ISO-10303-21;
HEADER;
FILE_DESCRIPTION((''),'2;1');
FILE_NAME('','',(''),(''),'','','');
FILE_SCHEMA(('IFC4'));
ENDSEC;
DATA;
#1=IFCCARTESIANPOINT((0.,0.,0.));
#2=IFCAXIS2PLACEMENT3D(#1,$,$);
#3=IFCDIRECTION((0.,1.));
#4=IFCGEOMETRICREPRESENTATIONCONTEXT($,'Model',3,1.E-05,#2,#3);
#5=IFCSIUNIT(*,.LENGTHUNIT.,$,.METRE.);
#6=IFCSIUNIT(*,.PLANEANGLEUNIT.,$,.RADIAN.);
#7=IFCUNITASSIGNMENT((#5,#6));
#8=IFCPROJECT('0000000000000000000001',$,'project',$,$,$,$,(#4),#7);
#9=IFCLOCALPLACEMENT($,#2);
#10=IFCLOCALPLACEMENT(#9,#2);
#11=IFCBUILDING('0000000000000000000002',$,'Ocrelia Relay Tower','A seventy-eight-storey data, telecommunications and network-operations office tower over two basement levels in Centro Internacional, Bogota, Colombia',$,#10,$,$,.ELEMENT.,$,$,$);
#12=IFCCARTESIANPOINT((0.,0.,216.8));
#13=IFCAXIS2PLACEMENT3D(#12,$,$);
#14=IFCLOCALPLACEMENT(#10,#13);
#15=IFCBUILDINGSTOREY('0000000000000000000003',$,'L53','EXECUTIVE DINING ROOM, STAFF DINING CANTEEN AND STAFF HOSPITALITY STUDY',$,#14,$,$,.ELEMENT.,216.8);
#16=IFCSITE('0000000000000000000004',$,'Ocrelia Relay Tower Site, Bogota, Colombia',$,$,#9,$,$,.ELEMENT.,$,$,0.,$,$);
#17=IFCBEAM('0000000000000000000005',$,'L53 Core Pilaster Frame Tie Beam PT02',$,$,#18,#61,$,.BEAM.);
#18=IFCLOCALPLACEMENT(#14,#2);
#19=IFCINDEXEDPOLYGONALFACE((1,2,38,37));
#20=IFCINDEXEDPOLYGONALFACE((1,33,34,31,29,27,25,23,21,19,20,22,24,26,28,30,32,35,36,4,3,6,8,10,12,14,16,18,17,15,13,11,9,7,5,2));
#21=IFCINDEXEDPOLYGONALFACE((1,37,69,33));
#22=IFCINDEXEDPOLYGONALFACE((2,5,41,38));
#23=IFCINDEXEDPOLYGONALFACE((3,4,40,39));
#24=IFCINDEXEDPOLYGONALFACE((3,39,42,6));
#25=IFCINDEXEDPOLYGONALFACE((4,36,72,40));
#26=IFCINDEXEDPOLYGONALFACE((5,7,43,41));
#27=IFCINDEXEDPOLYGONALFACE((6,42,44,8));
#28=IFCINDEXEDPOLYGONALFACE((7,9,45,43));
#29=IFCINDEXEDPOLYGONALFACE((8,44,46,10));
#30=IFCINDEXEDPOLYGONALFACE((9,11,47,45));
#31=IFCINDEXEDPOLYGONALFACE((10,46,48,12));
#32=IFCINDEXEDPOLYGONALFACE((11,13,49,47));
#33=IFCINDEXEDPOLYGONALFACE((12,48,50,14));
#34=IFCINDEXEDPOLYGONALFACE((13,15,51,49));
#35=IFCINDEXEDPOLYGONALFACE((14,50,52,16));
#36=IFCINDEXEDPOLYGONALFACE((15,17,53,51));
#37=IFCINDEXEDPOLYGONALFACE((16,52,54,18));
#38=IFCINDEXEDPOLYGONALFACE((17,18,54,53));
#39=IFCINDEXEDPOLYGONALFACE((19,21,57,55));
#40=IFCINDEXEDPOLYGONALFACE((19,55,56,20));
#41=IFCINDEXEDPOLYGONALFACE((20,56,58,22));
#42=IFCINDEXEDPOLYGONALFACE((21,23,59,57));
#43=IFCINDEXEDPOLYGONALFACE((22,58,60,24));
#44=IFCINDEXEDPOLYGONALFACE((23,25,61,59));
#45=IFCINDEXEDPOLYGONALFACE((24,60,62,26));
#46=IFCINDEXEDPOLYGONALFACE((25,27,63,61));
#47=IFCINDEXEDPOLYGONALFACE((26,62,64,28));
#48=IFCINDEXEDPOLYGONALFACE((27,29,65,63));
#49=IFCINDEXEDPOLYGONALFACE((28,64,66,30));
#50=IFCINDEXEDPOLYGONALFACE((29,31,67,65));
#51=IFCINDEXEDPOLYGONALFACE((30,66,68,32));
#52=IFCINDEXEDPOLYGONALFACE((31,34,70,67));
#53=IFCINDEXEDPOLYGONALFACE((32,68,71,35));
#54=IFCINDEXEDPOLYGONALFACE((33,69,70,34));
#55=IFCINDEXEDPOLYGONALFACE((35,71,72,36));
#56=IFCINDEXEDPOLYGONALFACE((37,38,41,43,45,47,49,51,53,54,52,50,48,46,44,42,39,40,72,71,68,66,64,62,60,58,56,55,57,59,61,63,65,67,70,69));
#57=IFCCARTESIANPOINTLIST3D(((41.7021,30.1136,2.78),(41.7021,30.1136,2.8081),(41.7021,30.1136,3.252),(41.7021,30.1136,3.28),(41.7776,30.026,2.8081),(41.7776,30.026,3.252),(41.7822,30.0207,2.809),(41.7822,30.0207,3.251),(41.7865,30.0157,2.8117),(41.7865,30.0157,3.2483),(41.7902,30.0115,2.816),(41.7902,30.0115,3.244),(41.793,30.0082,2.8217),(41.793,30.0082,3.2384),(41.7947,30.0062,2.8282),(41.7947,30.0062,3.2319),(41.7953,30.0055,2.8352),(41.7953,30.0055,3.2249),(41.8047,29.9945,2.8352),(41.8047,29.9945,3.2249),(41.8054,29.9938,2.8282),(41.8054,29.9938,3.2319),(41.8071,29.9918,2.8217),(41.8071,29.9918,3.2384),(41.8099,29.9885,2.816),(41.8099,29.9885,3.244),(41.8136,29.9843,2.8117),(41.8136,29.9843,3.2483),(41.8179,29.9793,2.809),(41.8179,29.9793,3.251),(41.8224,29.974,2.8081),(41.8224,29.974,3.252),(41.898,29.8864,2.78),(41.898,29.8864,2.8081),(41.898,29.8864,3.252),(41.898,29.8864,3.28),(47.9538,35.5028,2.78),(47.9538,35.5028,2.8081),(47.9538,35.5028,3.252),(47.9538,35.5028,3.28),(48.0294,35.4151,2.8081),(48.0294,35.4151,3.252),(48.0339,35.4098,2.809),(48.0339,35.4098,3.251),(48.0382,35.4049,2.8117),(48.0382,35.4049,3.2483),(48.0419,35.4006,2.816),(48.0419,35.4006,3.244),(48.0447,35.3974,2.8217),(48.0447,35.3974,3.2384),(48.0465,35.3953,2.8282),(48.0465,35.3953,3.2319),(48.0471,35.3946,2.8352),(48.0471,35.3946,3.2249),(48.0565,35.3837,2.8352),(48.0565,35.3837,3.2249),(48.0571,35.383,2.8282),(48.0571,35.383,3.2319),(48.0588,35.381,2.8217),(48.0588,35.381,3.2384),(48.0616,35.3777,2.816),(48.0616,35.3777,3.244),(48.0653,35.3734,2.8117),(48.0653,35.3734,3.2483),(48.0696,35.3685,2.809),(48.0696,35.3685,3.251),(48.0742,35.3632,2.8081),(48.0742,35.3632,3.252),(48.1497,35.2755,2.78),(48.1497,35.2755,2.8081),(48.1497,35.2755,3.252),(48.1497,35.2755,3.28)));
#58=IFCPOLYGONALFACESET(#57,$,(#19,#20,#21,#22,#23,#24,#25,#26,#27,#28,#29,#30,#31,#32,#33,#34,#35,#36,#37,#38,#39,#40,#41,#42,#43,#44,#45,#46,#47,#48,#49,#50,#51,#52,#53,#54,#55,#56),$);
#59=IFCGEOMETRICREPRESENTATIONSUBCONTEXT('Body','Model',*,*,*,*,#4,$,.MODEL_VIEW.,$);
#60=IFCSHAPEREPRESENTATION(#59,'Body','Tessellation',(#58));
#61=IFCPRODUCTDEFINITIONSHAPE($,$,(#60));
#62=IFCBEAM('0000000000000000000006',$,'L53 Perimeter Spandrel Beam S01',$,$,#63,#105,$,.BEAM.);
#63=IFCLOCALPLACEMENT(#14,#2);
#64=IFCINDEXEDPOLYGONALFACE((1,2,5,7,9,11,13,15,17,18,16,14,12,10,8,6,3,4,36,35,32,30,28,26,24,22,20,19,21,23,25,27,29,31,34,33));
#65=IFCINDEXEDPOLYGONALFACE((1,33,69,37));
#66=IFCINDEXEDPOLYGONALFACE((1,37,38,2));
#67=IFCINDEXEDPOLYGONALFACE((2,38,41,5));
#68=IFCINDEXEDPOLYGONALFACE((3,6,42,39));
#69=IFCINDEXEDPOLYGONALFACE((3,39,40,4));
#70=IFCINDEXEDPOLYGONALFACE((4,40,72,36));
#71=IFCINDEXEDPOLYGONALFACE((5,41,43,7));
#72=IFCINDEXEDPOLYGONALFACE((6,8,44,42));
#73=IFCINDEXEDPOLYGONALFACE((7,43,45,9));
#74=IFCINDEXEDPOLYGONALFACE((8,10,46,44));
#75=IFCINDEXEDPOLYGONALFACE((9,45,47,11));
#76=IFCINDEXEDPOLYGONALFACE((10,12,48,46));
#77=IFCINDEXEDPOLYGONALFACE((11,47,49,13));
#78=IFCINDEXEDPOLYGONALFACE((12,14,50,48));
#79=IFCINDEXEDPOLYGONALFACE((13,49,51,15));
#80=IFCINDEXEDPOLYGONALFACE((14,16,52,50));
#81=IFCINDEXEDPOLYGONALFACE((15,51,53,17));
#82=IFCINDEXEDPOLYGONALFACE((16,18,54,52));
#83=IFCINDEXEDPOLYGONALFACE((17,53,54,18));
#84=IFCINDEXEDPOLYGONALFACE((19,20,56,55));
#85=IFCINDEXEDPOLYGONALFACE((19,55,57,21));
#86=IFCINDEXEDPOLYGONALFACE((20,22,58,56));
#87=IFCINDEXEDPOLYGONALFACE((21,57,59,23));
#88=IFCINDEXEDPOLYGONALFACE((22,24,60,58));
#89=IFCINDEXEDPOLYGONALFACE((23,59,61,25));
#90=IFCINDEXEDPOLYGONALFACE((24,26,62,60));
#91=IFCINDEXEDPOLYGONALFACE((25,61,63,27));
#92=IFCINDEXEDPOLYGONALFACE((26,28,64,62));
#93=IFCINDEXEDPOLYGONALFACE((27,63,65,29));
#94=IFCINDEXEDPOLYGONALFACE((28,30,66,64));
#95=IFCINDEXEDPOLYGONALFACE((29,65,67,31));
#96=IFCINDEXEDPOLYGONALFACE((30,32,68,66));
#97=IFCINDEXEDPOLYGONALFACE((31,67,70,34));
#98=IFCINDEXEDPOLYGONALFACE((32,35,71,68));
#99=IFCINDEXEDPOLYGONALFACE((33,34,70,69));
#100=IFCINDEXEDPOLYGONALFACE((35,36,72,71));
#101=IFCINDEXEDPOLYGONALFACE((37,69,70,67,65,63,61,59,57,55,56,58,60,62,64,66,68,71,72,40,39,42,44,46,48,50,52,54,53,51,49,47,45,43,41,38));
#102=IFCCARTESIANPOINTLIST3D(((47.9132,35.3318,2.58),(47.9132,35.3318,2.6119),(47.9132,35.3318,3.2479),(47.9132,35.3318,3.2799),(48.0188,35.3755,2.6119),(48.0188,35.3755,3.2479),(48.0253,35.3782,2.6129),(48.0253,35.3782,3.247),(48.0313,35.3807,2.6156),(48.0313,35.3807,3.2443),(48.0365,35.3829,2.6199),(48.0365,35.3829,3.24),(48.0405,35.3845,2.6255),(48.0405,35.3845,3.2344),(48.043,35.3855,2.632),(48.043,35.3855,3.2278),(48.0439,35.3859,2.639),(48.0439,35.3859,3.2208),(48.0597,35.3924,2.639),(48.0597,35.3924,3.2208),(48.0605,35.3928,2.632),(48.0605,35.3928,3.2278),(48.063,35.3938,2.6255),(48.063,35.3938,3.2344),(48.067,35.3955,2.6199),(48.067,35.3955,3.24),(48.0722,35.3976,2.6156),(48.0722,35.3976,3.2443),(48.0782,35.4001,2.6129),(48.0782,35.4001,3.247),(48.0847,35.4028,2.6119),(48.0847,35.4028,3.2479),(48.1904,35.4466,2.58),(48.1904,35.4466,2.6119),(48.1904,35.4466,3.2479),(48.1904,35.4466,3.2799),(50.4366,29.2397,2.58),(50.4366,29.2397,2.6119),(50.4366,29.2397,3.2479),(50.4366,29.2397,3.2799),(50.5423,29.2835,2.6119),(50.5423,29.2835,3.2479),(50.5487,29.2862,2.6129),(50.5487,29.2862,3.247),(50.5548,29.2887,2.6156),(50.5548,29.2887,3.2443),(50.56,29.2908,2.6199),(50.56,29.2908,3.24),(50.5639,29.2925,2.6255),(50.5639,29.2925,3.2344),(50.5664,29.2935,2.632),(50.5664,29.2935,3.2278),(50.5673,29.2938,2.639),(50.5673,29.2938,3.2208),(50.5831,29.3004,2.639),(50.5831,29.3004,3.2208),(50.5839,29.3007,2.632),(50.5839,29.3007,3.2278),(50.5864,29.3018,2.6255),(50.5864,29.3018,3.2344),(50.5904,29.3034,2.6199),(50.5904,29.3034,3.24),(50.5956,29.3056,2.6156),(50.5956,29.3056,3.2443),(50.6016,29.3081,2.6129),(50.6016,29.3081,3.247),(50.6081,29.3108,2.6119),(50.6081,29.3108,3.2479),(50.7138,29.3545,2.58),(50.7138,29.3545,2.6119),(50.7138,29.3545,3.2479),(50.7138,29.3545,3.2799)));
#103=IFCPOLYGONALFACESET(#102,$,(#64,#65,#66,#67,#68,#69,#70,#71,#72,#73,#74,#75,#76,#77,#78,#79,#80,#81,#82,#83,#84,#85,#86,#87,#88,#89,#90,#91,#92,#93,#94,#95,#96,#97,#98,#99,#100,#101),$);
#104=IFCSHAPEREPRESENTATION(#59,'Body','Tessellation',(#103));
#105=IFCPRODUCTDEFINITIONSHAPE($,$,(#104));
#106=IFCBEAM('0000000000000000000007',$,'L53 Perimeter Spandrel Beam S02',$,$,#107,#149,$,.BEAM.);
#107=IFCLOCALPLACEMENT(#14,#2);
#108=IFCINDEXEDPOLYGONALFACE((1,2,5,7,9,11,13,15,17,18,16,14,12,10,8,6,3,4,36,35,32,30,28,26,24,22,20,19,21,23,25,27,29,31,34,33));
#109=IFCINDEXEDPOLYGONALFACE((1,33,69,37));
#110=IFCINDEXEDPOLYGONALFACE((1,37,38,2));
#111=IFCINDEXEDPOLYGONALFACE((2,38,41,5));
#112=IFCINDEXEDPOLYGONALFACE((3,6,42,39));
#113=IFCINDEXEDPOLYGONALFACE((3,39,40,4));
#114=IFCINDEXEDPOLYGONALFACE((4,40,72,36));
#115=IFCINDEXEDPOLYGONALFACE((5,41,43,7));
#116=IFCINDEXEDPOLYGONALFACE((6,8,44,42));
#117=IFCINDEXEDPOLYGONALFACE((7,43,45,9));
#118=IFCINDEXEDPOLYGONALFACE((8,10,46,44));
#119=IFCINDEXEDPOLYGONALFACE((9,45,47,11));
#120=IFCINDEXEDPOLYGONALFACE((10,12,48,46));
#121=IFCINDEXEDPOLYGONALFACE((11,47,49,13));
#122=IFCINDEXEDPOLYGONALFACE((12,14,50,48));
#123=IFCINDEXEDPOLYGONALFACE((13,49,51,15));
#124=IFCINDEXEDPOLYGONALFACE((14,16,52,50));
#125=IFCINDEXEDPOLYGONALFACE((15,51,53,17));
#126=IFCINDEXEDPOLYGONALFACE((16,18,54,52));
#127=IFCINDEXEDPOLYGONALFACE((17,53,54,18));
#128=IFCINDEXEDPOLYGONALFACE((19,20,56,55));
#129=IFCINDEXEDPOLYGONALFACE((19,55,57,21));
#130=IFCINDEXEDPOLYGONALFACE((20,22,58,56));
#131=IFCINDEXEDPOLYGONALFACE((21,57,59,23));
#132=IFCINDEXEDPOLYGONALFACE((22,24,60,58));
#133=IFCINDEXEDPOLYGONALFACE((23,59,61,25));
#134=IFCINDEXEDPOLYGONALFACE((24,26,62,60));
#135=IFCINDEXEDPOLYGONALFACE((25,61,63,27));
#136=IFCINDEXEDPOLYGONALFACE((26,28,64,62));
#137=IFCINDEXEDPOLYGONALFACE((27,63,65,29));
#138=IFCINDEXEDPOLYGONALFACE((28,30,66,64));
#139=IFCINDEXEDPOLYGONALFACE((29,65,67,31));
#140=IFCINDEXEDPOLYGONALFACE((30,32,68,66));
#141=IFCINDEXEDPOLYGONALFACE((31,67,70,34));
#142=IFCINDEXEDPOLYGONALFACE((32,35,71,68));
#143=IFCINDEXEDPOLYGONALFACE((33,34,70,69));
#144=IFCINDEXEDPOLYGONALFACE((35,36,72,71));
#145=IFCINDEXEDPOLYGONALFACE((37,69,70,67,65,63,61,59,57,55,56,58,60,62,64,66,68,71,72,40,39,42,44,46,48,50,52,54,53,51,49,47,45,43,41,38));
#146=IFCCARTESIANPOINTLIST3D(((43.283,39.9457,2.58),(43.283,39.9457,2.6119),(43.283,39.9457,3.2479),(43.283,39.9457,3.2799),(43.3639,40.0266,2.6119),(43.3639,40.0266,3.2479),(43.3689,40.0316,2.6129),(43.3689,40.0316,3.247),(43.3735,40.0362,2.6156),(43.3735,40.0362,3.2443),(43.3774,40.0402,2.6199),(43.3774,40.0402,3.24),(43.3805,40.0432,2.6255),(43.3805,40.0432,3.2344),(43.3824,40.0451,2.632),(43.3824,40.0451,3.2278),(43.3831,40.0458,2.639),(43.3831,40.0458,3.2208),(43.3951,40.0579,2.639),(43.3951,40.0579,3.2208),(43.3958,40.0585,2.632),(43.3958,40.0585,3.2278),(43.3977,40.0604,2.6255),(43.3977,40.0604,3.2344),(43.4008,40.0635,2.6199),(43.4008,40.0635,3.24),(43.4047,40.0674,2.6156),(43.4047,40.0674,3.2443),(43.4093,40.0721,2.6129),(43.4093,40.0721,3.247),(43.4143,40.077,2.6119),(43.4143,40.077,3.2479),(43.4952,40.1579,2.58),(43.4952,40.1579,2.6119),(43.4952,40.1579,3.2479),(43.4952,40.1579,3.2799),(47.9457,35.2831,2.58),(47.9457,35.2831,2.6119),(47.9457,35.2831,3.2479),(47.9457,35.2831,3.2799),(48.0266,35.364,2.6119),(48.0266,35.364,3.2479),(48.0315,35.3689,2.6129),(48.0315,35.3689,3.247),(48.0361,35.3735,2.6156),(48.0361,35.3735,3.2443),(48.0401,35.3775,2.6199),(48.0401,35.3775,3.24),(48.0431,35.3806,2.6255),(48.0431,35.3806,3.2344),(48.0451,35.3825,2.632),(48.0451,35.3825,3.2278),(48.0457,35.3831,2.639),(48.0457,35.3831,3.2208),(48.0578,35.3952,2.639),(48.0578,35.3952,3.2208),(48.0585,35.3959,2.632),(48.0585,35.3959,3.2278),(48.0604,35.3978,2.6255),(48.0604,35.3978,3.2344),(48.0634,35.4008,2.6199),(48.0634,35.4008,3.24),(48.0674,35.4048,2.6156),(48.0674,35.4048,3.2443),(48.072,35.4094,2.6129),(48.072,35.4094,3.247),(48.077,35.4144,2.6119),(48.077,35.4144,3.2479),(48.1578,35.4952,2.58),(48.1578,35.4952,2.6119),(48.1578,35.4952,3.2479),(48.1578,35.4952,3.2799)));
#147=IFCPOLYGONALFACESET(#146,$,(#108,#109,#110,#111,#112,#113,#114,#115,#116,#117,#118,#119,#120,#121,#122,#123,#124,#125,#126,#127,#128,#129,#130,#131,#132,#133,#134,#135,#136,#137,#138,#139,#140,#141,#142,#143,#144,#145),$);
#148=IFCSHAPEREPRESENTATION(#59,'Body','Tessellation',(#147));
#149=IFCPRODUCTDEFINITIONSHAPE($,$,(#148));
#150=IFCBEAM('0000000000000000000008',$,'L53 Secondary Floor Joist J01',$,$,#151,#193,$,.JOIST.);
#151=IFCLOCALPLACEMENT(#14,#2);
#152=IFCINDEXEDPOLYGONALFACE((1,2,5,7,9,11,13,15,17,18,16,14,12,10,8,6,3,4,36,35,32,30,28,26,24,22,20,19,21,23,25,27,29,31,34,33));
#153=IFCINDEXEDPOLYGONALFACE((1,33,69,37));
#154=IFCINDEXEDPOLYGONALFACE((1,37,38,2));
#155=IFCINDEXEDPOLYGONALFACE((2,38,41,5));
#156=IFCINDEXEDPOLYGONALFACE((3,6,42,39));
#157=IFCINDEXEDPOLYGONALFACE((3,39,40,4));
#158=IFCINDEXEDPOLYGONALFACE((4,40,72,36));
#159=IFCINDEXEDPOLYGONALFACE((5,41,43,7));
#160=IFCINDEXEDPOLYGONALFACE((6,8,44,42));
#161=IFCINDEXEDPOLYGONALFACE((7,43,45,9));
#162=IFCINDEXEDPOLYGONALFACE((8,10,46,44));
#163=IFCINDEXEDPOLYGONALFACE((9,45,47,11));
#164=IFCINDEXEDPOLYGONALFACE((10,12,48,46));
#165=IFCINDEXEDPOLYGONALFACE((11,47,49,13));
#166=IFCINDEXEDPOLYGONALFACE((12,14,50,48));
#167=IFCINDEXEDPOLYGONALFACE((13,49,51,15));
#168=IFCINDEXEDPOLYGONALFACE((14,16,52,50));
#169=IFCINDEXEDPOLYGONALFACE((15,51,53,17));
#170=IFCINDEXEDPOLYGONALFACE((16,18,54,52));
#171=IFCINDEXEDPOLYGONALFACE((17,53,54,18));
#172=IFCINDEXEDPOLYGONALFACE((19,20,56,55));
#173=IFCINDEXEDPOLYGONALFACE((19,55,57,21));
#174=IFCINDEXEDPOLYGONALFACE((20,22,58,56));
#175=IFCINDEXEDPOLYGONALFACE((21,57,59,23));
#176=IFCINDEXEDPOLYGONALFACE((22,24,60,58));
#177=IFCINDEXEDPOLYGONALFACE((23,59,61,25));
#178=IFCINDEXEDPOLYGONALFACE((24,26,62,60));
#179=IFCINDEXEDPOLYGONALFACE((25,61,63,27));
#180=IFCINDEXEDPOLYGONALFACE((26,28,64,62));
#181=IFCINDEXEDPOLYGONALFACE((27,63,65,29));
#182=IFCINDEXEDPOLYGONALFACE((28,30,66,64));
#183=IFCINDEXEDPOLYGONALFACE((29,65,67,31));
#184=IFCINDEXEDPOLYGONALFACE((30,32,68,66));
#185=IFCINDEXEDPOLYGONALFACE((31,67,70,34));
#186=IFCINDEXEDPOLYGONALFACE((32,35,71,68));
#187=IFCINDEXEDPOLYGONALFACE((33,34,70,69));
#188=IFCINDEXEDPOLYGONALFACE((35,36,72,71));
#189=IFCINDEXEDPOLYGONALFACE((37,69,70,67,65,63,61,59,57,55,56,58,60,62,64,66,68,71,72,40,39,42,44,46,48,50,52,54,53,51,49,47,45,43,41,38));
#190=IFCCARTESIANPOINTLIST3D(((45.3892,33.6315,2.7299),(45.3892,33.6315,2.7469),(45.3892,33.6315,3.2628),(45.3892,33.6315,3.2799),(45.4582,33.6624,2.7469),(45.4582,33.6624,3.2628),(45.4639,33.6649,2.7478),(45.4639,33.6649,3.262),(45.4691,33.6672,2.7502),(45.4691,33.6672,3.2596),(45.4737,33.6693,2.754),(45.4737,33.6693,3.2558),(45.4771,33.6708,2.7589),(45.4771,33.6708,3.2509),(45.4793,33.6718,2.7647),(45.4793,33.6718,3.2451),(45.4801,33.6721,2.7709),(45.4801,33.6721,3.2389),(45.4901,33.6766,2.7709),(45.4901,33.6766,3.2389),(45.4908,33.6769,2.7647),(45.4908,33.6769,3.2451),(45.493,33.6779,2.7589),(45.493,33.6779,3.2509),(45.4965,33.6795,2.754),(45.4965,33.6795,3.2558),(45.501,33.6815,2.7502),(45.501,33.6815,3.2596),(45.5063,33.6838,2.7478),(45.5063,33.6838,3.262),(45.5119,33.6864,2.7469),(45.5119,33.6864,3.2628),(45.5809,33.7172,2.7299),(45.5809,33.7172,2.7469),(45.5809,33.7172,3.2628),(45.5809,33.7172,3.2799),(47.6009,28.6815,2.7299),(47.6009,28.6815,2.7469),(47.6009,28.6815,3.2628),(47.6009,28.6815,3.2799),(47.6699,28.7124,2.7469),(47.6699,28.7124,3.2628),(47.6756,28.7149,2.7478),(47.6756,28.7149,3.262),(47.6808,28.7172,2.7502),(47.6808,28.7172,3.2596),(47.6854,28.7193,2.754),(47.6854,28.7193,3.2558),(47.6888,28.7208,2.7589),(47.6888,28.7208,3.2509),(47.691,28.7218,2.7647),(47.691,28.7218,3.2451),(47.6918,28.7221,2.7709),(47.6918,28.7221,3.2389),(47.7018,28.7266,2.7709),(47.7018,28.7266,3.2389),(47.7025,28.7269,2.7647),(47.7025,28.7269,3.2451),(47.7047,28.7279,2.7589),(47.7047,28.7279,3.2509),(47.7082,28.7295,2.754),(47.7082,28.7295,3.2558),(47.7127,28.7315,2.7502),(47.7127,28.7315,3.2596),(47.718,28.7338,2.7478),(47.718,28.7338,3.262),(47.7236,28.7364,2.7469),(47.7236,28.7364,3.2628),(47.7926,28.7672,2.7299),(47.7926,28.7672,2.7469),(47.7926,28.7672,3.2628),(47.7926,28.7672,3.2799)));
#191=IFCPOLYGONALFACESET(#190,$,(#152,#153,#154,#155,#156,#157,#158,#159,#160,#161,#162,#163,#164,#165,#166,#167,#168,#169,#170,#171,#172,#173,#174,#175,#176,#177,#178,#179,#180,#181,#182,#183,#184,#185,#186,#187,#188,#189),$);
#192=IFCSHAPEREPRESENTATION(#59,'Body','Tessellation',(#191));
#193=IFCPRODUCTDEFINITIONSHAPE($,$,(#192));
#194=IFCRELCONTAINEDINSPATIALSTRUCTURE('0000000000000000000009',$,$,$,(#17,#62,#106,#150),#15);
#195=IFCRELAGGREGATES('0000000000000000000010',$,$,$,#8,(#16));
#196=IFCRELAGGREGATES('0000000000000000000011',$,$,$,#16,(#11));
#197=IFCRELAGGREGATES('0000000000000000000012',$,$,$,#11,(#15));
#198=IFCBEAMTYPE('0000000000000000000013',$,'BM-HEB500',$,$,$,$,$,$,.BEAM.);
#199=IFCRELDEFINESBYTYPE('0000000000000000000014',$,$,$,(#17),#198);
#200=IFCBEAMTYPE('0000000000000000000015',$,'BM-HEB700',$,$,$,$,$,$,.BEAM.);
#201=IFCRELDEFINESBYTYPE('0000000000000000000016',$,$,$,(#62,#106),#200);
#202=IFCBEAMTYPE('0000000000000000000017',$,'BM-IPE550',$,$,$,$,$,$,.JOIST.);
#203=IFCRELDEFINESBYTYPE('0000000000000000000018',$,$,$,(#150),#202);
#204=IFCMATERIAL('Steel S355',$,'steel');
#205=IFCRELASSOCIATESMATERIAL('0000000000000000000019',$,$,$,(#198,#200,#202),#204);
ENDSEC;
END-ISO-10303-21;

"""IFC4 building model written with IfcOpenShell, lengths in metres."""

from ifc_helpers import new_model, si_unit, direction, frame, origin, origin_2d, place, context, subcontext, project, spatial, i_section, extrude, material, material_profile, profile_set, type_object, element, save


model = new_model("IFC4")

# Units and contexts
model_context = context("Model", 3, precision=1e-05, world=origin(), true_north=direction((0.0, 1.0)))
body_context = subcontext(model_context, "Body", "Model", "MODEL_VIEW")
ifc_project = project(units=[si_unit("LENGTHUNIT", "METRE"), si_unit("PLANEANGLEUNIT", "RADIAN")], contexts=[model_context])

# Site, building, storey
site_placement = place(None, origin())
site = spatial("IfcSite", under=ifc_project, at=site_placement, Name="Ocrelia Relay Tower Site, Bogota, Colombia", CompositionType="ELEMENT", RefElevation=0.0)
building_placement = place(site_placement, origin())
building = spatial("IfcBuilding", under=site, at=building_placement, Name="Ocrelia Relay Tower", Description="A seventy-eight-storey data, telecommunications and network-operations office tower over two basement levels in Centro Internacional, Bogota, Colombia", CompositionType="ELEMENT")
storey_placement = place(building_placement, frame((0.0, 0.0, 216.8)))
storey = spatial("IfcBuildingStorey", under=building, at=storey_placement, Name="L53", Description="EXECUTIVE DINING ROOM, STAFF DINING CANTEEN AND STAFF HOSPITALITY STUDY", CompositionType="ELEMENT", Elevation=216.8)

# Beams
ifc_material_1 = material(Name="Steel S355", Category="steel")
ifc_material_profile_1 = material_profile(ifc_material_1, i_section(OverallWidth=0.3, OverallDepth=0.5, WebThickness=0.0144, FlangeThickness=0.0281, FilletRadius=0.0271, at=origin_2d()), Name="HEB 500")
ifc_profile_set_1 = profile_set([ifc_material_profile_1], Name="Steel S355")
beam_type_1 = type_object("IfcBeamType", Name="BM-HEB500", PredefinedType="BEAM", material=ifc_profile_set_1)
beam_1_placement = place(storey_placement, frame((48.0518, 35.3892, 3.03), z_axis=(-0.757425, -0.652923, 0.0), x_axis=(0.652923, -0.757425, 0.0)))
element("IfcBeam", 1, at=beam_1_placement, inside=storey, type_object=beam_type_1, Name="L53 Core Pilaster Frame Tie Beam PT02", PredefinedType="BEAM", context=body_context, shape_type="SweptSolid", body=[
    extrude(i_section(OverallWidth=0.3, OverallDepth=0.5, WebThickness=0.0144, FlangeThickness=0.0281, FilletRadius=0.0271, at=origin_2d()), origin(), (0.0, 0.0, 1.0), 8.2539),
])
ifc_material_profile_2 = material_profile(ifc_material_1, i_section(OverallWidth=0.3, OverallDepth=0.7, WebThickness=0.0171, FlangeThickness=0.032, FilletRadius=0.0271, at=origin_2d()), Name="HEB 700")
ifc_profile_set_2 = profile_set([ifc_material_profile_2], Name="Steel S355")
beam_type_2 = type_object("IfcBeamType", Name="BM-HEB700", PredefinedType="BEAM", material=ifc_profile_set_2)
for number, where, z_axis, x_axis, name in (
    (2, (50.5752, 29.2971, 2.9299), (-0.382688, 0.923878, 0.0), (-0.923878, -0.382688, 0.0), "L53 Perimeter Spandrel Beam S01"),
    (3, (48.0518, 35.3892, 2.9299), (-0.707107, 0.707107, 0.0), (-0.707107, -0.707107, 0.0), "L53 Perimeter Spandrel Beam S02"),
):
    element("IfcBeam", number, at=place(storey_placement, frame(where, z_axis=z_axis, x_axis=x_axis)), inside=storey, type_object=beam_type_2, Name=name, PredefinedType="BEAM", context=body_context, shape_type="SweptSolid", body=[
        extrude(i_section(OverallWidth=0.3, OverallDepth=0.7, WebThickness=0.0171, FlangeThickness=0.032, FilletRadius=0.0271, at=origin_2d()), origin(), (0.0, 0.0, 1.0), 6.594),
    ])
ifc_material_profile_3 = material_profile(ifc_material_1, i_section(OverallWidth=0.21, OverallDepth=0.55, WebThickness=0.011, FlangeThickness=0.0171, FilletRadius=0.0239, at=origin_2d()), Name="IPE 550")
ifc_profile_set_3 = profile_set([ifc_material_profile_3], Name="Steel S355")
beam_type_3 = type_object("IfcBeamType", Name="BM-IPE550", PredefinedType="JOIST", material=ifc_profile_set_3)
beam_2_placement = place(storey_placement, frame((47.6968, 28.7244, 3.0049), z_axis=(-0.407938, 0.913009, 0.0), x_axis=(-0.913009, -0.407938, 0.0)))
element("IfcBeam", 4, at=beam_2_placement, inside=storey, type_object=beam_type_3, Name="L53 Secondary Floor Joist J01", PredefinedType="JOIST", context=body_context, shape_type="SweptSolid", body=[
    extrude(i_section(OverallWidth=0.21, OverallDepth=0.55, WebThickness=0.011, FlangeThickness=0.0171, FilletRadius=0.0239, at=origin_2d()), origin(), (0.0, 0.0, 1.0), 5.4216),
])

save(model, "model.ifc")
